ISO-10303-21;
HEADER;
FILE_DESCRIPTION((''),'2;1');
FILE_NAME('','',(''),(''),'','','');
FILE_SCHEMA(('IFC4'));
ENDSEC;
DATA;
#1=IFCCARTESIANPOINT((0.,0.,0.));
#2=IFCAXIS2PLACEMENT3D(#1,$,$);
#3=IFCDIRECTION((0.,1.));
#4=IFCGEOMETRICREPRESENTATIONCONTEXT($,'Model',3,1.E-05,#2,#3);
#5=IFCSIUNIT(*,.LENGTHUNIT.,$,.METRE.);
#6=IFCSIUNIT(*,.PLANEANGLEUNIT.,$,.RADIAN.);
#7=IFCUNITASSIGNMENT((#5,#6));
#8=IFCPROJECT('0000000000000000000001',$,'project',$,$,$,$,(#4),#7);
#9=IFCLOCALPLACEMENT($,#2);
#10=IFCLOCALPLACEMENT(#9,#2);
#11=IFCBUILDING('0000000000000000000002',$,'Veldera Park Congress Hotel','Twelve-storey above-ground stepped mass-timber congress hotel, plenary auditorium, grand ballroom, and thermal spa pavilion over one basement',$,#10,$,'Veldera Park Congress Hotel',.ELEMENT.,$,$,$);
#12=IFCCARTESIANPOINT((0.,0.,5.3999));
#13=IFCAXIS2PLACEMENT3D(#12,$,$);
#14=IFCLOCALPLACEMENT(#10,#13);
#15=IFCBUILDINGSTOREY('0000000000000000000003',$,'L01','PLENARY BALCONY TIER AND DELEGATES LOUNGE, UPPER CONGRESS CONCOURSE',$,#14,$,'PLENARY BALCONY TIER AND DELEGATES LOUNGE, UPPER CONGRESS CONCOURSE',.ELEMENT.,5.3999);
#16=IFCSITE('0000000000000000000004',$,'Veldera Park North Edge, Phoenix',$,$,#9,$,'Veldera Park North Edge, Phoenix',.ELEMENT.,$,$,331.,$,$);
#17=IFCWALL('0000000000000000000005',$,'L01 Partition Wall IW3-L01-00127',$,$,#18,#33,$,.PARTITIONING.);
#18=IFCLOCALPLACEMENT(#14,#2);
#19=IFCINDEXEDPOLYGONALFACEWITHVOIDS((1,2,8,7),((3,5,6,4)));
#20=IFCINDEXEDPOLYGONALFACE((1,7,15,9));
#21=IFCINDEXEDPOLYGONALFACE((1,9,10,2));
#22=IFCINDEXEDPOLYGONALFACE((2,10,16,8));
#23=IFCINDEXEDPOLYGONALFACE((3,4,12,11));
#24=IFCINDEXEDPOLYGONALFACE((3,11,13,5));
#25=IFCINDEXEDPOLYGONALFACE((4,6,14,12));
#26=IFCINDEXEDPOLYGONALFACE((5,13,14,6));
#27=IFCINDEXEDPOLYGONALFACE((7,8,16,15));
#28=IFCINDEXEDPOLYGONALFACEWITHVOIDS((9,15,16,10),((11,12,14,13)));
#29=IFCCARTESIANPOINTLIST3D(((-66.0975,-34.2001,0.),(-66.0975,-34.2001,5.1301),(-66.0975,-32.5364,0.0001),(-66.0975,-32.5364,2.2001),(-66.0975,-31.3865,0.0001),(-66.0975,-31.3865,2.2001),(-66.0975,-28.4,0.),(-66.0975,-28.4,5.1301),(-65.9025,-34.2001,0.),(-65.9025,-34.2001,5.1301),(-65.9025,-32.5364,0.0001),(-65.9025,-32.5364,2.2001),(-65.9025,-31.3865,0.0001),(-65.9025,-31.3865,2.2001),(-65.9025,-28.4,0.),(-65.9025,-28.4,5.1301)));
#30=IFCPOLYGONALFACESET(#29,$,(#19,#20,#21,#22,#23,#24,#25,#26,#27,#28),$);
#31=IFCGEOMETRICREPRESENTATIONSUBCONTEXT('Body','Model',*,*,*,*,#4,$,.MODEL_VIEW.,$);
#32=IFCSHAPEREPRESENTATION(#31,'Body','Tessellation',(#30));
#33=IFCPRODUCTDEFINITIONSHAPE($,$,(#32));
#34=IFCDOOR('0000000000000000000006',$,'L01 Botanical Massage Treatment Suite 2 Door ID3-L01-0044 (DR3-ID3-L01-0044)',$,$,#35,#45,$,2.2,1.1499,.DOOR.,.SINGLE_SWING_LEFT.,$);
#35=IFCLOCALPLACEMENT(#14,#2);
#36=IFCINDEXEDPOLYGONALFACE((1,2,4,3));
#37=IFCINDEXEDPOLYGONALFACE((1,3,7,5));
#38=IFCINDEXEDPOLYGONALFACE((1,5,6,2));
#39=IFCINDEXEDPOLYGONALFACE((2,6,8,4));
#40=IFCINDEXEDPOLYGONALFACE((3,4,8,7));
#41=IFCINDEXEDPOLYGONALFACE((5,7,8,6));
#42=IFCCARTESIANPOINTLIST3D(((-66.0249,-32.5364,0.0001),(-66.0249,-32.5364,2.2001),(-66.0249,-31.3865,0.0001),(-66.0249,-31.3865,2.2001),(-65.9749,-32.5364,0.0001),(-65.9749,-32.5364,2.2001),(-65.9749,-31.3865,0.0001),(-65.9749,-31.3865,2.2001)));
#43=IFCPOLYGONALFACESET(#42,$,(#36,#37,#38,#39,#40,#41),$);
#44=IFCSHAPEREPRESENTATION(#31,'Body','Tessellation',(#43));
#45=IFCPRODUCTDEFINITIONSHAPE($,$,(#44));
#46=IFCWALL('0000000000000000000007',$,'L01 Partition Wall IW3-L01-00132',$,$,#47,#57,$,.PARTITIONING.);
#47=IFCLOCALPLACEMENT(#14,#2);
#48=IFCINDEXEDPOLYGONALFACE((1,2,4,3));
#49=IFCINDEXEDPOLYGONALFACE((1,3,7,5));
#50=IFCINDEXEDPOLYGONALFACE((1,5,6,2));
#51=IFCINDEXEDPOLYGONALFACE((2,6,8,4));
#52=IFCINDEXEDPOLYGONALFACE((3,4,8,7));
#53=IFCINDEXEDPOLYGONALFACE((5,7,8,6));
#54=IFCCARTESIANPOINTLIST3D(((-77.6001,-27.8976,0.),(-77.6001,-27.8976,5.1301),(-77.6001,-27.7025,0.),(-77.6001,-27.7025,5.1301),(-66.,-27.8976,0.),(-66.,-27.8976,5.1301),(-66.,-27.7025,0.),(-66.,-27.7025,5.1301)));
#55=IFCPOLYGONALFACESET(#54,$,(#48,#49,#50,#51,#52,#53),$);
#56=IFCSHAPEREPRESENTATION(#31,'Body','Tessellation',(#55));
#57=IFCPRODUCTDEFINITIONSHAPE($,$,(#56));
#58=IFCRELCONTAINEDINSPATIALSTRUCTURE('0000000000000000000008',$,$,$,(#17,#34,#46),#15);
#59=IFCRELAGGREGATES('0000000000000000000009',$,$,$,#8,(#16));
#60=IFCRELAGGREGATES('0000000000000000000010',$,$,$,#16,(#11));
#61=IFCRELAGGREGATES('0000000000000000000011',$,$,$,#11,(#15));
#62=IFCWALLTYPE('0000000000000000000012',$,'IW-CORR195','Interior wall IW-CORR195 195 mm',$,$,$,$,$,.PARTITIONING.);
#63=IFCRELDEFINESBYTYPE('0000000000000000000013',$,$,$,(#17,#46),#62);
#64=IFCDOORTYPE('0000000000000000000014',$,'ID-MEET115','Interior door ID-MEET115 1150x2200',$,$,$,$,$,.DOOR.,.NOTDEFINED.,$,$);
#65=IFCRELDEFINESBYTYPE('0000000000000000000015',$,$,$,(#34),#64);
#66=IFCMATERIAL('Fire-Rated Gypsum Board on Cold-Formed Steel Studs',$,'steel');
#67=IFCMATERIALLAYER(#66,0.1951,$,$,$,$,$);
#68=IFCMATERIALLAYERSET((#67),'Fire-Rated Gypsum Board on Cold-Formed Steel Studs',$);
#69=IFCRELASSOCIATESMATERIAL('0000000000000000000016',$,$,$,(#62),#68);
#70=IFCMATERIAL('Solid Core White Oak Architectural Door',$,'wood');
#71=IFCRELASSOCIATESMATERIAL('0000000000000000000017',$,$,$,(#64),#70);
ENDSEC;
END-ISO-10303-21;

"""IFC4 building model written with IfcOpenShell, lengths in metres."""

from ifc_helpers import new_model, si_unit, direction, frame, frame_2d, origin, place, context, subcontext, project, spatial, rectangle, extrude, material, layer, layer_set, type_object, element, fill, save


model = new_model("IFC4")

# Units and contexts
model_context = context("Model", 3, precision=1e-05, world=origin(), true_north=direction((0.0, 1.0)))
body_context = subcontext(model_context, "Body", "Model", "MODEL_VIEW")
ifc_project = project(units=[si_unit("LENGTHUNIT", "METRE"), si_unit("PLANEANGLEUNIT", "RADIAN")], contexts=[model_context])

# Site, building, storey
site_placement = place(None, origin())
site = spatial("IfcSite", under=ifc_project, at=site_placement, Name="Veldera Park North Edge, Phoenix", LongName="Veldera Park North Edge, Phoenix", CompositionType="ELEMENT", RefElevation=331.0)
building_placement = place(site_placement, origin())
building = spatial("IfcBuilding", under=site, at=building_placement, Name="Veldera Park Congress Hotel", Description="Twelve-storey above-ground stepped mass-timber congress hotel, plenary auditorium, grand ballroom, and thermal spa pavilion over one basement", LongName="Veldera Park Congress Hotel", CompositionType="ELEMENT")
storey_placement = place(building_placement, frame((0.0, 0.0, 5.3999)))
storey = spatial("IfcBuildingStorey", under=building, at=storey_placement, Name="L01", Description="PLENARY BALCONY TIER AND DELEGATES LOUNGE, UPPER CONGRESS CONCOURSE", LongName="PLENARY BALCONY TIER AND DELEGATES LOUNGE, UPPER CONGRESS CONCOURSE", CompositionType="ELEMENT", Elevation=5.3999)

# Shared definitions
ifc_material_1 = material(Name="Fire-Rated Gypsum Board on Cold-Formed Steel Studs", Category="steel")
ifc_layer_1 = layer(ifc_material_1, 0.1951)
ifc_layer_set_1 = layer_set([ifc_layer_1], Name="Fire-Rated Gypsum Board on Cold-Formed Steel Studs")
wall_type = type_object("IfcWallType", Name="IW-CORR195", Description="Interior wall IW-CORR195 195 mm", PredefinedType="PARTITIONING", material=ifc_layer_set_1)

# Wall, opening, door
wall_1_placement = place(storey_placement, frame((-66.0, -34.2, 0.0), z_axis=(0.0, 0.0, 1.0), x_axis=(0.0, 1.0, 0.0)))
wall_1 = element("IfcWall", 1, at=wall_1_placement, inside=storey, type_object=wall_type, Name="L01 Partition Wall IW3-L01-00127", PredefinedType="PARTITIONING", context=body_context, shape_type="SweptSolid", body=[
    extrude(rectangle(XDim=5.8, YDim=0.1951, at=frame_2d((2.8999, 0.0))), origin(), (0.0, 0.0, 1.0), 5.1301),
])
opening_placement = place(wall_1_placement, frame((1.6636, 0.0, 0.0)))
opening = element("IfcOpeningElement", 2, at=opening_placement, cuts=wall_1, PredefinedType="OPENING", context=body_context, shape_type="SweptSolid", body=[
    extrude(rectangle(XDim=1.1499, YDim=2.2, at=frame_2d((0.575, 1.1001))), frame((0.0, 0.1096, 0.0), z_axis=(0.0, -1.0, 0.0), x_axis=(1.0, 0.0, 0.0)), (0.0, 0.0, 1.0), 0.219),
])
ifc_material_2 = material(Name="Solid Core White Oak Architectural Door", Category="wood")
door_type = type_object("IfcDoorType", Name="ID-MEET115", Description="Interior door ID-MEET115 1150x2200", OperationType="NOTDEFINED", PredefinedType="DOOR", material=ifc_material_2)
door_placement = place(opening_placement, origin())
door = element("IfcDoor", 3, at=door_placement, inside=storey, type_object=door_type, Name="L01 Botanical Massage Treatment Suite 2 Door ID3-L01-0044 (DR3-ID3-L01-0044)", OperationType="SINGLE_SWING_LEFT", OverallHeight=2.2, OverallWidth=1.1499, PredefinedType="DOOR", context=body_context, shape_type="SweptSolid", body=[
    extrude(rectangle(XDim=1.1499, YDim=2.2, at=frame_2d((0.575, 1.1001))), frame((0.0, 0.0249, 0.0), z_axis=(0.0, -1.0, 0.0), x_axis=(1.0, 0.0, 0.0)), (0.0, 0.0, 1.0), 0.05),
])
fill(opening, door)

# Wall
wall_2_placement = place(storey_placement, frame((-77.6001, -27.8, 0.0), z_axis=(0.0, 0.0, 1.0), x_axis=(1.0, 0.0, 0.0)))
element("IfcWall", 4, at=wall_2_placement, inside=storey, type_object=wall_type, Name="L01 Partition Wall IW3-L01-00132", PredefinedType="PARTITIONING", context=body_context, shape_type="SweptSolid", body=[
    extrude(rectangle(XDim=11.6001, YDim=0.1951, at=frame_2d((5.8, 0.0))), origin(), (0.0, 0.0, 1.0), 5.1301),
])

save(model, "model.ifc")
